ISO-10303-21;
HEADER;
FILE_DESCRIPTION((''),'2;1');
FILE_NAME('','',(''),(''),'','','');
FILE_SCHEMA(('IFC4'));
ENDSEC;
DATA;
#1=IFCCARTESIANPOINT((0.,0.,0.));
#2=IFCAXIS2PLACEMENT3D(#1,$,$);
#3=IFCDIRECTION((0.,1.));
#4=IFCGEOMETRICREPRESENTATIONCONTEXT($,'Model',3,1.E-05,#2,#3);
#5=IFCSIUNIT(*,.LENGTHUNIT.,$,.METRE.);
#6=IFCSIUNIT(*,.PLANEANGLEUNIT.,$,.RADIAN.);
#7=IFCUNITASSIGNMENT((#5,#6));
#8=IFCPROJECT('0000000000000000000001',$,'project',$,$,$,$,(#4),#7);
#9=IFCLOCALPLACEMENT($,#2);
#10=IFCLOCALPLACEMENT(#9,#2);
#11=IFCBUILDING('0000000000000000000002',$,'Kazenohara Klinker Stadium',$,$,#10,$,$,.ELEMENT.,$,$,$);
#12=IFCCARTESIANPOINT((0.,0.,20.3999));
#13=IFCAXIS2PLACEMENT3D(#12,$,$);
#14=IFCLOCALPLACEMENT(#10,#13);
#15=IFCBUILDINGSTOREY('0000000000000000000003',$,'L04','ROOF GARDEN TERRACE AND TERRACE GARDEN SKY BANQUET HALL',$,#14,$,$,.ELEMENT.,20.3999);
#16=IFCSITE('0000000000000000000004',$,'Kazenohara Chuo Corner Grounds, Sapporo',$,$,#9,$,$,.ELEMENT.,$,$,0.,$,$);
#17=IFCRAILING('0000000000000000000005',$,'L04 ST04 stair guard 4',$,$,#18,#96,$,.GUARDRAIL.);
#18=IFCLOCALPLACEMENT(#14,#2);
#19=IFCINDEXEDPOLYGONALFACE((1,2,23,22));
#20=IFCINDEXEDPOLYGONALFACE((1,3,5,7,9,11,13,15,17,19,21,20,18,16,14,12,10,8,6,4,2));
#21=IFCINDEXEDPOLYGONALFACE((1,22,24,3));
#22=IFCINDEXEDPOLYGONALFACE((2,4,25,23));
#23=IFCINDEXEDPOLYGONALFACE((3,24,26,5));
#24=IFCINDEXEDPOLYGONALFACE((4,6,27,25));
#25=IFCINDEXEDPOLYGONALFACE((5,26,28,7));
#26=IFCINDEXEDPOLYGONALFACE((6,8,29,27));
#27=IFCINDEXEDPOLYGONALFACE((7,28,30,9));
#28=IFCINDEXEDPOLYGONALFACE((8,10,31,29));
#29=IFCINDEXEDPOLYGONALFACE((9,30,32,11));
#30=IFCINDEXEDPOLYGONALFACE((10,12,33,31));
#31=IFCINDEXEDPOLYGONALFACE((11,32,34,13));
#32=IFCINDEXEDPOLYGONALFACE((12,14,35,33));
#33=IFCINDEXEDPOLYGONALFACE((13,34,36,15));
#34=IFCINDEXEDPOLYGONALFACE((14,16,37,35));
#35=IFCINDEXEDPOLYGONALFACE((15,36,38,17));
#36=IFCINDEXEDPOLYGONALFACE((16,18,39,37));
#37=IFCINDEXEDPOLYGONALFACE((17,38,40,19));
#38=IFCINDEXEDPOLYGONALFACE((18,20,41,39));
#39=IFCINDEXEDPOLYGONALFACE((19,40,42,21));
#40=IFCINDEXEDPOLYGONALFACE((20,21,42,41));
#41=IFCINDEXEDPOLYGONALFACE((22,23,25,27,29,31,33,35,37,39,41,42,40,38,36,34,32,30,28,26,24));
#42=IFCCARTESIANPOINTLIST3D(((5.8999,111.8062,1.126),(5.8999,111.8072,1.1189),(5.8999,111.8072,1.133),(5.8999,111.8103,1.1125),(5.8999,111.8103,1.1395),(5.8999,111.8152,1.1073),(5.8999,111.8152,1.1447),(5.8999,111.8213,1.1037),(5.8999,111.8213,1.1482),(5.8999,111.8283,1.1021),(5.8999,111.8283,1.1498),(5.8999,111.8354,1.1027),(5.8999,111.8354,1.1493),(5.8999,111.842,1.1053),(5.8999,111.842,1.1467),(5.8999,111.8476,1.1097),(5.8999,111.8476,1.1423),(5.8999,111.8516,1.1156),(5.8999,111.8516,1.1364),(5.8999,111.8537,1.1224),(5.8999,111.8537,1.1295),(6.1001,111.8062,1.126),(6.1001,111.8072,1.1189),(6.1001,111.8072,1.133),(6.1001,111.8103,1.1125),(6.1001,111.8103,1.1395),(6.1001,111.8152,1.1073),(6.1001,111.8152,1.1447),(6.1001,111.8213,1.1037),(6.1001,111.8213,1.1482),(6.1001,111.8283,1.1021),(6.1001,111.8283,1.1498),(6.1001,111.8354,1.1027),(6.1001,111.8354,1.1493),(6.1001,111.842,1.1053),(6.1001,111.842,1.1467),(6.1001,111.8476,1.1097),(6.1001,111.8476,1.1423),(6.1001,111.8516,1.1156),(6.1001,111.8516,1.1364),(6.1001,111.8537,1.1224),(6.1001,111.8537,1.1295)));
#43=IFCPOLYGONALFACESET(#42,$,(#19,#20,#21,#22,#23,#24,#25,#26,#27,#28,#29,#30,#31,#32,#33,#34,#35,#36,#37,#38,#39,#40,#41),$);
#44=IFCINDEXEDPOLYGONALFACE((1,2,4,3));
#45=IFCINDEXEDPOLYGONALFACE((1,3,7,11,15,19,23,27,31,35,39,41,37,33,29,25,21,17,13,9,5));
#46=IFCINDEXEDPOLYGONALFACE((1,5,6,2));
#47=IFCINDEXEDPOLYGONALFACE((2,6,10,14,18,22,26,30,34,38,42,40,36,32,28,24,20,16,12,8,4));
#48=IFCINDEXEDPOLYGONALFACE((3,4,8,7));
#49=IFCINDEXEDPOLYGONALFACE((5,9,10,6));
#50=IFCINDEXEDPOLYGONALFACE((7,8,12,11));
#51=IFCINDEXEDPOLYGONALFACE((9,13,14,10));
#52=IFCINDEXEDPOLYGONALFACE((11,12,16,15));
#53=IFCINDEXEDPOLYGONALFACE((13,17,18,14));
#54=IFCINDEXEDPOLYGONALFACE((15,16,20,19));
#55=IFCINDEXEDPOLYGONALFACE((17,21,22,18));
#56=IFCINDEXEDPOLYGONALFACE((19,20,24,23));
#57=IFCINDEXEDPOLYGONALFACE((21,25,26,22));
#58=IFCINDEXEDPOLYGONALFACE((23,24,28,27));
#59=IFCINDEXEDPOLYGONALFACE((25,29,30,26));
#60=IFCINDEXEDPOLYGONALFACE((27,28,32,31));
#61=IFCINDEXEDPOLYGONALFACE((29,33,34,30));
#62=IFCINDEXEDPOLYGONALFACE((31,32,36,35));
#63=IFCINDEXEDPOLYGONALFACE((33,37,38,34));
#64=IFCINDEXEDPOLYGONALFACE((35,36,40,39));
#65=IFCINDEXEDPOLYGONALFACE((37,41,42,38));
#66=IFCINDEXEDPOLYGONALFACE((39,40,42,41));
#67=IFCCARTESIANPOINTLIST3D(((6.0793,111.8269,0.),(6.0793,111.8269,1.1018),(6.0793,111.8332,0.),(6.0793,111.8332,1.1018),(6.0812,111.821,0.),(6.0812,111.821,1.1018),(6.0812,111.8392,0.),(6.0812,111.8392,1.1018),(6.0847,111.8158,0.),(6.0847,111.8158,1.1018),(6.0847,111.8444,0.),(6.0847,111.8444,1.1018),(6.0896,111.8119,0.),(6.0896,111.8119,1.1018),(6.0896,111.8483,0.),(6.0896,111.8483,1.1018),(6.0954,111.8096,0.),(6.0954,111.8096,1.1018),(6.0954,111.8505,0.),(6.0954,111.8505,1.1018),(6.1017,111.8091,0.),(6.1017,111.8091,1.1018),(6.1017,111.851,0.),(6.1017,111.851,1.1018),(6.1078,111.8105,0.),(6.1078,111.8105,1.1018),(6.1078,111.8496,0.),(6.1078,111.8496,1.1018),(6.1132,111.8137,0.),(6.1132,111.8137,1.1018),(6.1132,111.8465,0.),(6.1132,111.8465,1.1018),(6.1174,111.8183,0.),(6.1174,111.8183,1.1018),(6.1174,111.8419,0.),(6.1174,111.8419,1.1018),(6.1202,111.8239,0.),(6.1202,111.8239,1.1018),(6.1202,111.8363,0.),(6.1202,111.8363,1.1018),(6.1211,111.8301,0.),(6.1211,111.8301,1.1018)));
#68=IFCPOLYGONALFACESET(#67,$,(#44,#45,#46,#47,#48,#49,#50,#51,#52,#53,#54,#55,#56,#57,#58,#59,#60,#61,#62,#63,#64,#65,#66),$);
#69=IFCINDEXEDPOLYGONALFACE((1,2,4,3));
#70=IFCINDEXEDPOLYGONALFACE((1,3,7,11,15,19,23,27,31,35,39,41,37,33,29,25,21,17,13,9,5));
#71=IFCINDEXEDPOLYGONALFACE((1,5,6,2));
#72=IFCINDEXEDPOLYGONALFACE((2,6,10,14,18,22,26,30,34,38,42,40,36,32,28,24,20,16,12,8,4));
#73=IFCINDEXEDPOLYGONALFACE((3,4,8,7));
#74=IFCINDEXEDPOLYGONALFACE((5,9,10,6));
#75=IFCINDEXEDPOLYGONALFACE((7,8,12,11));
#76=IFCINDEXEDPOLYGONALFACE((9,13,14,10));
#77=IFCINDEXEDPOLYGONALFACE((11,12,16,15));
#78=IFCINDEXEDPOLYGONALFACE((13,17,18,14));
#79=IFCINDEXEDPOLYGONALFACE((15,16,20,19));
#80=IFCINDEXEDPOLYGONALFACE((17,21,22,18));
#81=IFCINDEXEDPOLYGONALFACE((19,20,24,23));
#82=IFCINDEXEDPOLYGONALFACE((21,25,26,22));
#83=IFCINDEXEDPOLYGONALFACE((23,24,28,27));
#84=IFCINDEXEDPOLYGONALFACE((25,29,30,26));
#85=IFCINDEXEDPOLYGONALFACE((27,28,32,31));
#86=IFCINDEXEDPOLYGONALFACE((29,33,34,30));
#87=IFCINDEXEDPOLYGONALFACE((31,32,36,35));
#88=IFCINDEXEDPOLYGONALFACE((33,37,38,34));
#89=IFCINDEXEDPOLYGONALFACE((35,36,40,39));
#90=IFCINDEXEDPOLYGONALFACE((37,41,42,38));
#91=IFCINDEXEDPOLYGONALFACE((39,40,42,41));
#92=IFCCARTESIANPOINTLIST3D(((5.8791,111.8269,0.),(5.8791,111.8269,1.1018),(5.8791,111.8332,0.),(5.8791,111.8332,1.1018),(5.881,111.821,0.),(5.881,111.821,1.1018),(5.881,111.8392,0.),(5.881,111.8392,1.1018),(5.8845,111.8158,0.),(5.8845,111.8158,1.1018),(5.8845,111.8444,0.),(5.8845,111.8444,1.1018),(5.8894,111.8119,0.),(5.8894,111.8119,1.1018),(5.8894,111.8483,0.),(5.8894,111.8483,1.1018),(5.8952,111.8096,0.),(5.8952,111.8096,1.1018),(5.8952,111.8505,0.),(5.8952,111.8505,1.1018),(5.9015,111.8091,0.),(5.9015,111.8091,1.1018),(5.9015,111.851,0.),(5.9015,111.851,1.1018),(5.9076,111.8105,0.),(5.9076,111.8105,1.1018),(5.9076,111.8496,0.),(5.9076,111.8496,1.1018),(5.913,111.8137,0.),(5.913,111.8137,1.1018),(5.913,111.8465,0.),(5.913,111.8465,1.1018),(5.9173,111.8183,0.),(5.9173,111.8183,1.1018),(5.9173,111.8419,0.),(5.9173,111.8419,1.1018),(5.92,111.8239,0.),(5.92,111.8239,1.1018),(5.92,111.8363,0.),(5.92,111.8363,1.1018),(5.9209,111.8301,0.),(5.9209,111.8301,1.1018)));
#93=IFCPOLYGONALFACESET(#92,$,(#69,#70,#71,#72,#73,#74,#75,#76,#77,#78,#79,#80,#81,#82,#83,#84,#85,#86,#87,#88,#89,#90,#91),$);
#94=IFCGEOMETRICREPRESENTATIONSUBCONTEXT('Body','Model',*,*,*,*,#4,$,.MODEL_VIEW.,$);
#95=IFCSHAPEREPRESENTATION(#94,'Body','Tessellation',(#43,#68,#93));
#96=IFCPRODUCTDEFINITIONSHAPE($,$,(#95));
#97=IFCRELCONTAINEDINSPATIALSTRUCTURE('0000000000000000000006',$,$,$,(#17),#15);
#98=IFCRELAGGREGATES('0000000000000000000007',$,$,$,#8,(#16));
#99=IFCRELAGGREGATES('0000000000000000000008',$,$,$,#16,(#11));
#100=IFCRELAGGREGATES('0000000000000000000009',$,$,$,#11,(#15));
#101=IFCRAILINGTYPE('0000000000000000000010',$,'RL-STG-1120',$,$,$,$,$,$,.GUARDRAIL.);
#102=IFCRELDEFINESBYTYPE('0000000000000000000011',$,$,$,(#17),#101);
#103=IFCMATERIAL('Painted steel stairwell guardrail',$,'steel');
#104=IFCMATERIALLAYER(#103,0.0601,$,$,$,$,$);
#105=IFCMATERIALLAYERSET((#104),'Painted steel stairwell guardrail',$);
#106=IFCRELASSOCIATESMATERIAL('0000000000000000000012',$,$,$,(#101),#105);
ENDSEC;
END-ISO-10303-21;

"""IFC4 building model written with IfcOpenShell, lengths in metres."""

from ifc_helpers import new_model, si_unit, direction, frame, origin, origin_2d, place, context, subcontext, project, spatial, circle, extrude, material, layer, layer_set, type_object, element, save


model = new_model("IFC4")

# Units and contexts
model_context = context("Model", 3, precision=1e-05, world=origin(), true_north=direction((0.0, 1.0)))
body_context = subcontext(model_context, "Body", "Model", "MODEL_VIEW")
ifc_project = project(units=[si_unit("LENGTHUNIT", "METRE"), si_unit("PLANEANGLEUNIT", "RADIAN")], contexts=[model_context])

# Site, building, storey
site_placement = place(None, origin())
site = spatial("IfcSite", under=ifc_project, at=site_placement, Name="Kazenohara Chuo Corner Grounds, Sapporo", CompositionType="ELEMENT", RefElevation=0.0)
building_placement = place(site_placement, origin())
building = spatial("IfcBuilding", under=site, at=building_placement, Name="Kazenohara Klinker Stadium", CompositionType="ELEMENT")
storey_placement = place(building_placement, frame((0.0, 0.0, 20.3999)))
storey = spatial("IfcBuildingStorey", under=building, at=storey_placement, Name="L04", Description="ROOF GARDEN TERRACE AND TERRACE GARDEN SKY BANQUET HALL", CompositionType="ELEMENT", Elevation=20.3999)

# Railing
ifc_material_1 = material(Name="Painted steel stairwell guardrail", Category="steel")
ifc_layer_1 = layer(ifc_material_1, 0.0601)
ifc_layer_set_1 = layer_set([ifc_layer_1], Name="Painted steel stairwell guardrail")
railing_type_1 = type_object("IfcRailingType", Name="RL-STG-1120", PredefinedType="GUARDRAIL", material=ifc_layer_set_1)
railing_1_placement = place(storey_placement, frame((6.1001, 111.8301, 0.0)))
element("IfcRailing", 1, at=railing_1_placement, inside=storey, type_object=railing_type_1, Name="L04 ST04 stair guard 4", PredefinedType="GUARDRAIL", context=body_context, shape_type="SweptSolid", body=[
    extrude(circle(Radius=0.0239, at=origin_2d()), frame((0.0, 0.0, 1.126), z_axis=(-1.0, 0.0, 0.0), x_axis=(0.0, -1.0, 0.0)), (0.0, 0.0, 1.0), 0.2002),
    extrude(circle(Radius=0.021, at=origin_2d()), origin(), (0.0, 0.0, 1.0), 1.1018),
    extrude(circle(Radius=0.021, at=origin_2d()), frame((-0.2002, 0.0, 0.0)), (0.0, 0.0, 1.0), 1.1018),
])

save(model, "model.ifc")
